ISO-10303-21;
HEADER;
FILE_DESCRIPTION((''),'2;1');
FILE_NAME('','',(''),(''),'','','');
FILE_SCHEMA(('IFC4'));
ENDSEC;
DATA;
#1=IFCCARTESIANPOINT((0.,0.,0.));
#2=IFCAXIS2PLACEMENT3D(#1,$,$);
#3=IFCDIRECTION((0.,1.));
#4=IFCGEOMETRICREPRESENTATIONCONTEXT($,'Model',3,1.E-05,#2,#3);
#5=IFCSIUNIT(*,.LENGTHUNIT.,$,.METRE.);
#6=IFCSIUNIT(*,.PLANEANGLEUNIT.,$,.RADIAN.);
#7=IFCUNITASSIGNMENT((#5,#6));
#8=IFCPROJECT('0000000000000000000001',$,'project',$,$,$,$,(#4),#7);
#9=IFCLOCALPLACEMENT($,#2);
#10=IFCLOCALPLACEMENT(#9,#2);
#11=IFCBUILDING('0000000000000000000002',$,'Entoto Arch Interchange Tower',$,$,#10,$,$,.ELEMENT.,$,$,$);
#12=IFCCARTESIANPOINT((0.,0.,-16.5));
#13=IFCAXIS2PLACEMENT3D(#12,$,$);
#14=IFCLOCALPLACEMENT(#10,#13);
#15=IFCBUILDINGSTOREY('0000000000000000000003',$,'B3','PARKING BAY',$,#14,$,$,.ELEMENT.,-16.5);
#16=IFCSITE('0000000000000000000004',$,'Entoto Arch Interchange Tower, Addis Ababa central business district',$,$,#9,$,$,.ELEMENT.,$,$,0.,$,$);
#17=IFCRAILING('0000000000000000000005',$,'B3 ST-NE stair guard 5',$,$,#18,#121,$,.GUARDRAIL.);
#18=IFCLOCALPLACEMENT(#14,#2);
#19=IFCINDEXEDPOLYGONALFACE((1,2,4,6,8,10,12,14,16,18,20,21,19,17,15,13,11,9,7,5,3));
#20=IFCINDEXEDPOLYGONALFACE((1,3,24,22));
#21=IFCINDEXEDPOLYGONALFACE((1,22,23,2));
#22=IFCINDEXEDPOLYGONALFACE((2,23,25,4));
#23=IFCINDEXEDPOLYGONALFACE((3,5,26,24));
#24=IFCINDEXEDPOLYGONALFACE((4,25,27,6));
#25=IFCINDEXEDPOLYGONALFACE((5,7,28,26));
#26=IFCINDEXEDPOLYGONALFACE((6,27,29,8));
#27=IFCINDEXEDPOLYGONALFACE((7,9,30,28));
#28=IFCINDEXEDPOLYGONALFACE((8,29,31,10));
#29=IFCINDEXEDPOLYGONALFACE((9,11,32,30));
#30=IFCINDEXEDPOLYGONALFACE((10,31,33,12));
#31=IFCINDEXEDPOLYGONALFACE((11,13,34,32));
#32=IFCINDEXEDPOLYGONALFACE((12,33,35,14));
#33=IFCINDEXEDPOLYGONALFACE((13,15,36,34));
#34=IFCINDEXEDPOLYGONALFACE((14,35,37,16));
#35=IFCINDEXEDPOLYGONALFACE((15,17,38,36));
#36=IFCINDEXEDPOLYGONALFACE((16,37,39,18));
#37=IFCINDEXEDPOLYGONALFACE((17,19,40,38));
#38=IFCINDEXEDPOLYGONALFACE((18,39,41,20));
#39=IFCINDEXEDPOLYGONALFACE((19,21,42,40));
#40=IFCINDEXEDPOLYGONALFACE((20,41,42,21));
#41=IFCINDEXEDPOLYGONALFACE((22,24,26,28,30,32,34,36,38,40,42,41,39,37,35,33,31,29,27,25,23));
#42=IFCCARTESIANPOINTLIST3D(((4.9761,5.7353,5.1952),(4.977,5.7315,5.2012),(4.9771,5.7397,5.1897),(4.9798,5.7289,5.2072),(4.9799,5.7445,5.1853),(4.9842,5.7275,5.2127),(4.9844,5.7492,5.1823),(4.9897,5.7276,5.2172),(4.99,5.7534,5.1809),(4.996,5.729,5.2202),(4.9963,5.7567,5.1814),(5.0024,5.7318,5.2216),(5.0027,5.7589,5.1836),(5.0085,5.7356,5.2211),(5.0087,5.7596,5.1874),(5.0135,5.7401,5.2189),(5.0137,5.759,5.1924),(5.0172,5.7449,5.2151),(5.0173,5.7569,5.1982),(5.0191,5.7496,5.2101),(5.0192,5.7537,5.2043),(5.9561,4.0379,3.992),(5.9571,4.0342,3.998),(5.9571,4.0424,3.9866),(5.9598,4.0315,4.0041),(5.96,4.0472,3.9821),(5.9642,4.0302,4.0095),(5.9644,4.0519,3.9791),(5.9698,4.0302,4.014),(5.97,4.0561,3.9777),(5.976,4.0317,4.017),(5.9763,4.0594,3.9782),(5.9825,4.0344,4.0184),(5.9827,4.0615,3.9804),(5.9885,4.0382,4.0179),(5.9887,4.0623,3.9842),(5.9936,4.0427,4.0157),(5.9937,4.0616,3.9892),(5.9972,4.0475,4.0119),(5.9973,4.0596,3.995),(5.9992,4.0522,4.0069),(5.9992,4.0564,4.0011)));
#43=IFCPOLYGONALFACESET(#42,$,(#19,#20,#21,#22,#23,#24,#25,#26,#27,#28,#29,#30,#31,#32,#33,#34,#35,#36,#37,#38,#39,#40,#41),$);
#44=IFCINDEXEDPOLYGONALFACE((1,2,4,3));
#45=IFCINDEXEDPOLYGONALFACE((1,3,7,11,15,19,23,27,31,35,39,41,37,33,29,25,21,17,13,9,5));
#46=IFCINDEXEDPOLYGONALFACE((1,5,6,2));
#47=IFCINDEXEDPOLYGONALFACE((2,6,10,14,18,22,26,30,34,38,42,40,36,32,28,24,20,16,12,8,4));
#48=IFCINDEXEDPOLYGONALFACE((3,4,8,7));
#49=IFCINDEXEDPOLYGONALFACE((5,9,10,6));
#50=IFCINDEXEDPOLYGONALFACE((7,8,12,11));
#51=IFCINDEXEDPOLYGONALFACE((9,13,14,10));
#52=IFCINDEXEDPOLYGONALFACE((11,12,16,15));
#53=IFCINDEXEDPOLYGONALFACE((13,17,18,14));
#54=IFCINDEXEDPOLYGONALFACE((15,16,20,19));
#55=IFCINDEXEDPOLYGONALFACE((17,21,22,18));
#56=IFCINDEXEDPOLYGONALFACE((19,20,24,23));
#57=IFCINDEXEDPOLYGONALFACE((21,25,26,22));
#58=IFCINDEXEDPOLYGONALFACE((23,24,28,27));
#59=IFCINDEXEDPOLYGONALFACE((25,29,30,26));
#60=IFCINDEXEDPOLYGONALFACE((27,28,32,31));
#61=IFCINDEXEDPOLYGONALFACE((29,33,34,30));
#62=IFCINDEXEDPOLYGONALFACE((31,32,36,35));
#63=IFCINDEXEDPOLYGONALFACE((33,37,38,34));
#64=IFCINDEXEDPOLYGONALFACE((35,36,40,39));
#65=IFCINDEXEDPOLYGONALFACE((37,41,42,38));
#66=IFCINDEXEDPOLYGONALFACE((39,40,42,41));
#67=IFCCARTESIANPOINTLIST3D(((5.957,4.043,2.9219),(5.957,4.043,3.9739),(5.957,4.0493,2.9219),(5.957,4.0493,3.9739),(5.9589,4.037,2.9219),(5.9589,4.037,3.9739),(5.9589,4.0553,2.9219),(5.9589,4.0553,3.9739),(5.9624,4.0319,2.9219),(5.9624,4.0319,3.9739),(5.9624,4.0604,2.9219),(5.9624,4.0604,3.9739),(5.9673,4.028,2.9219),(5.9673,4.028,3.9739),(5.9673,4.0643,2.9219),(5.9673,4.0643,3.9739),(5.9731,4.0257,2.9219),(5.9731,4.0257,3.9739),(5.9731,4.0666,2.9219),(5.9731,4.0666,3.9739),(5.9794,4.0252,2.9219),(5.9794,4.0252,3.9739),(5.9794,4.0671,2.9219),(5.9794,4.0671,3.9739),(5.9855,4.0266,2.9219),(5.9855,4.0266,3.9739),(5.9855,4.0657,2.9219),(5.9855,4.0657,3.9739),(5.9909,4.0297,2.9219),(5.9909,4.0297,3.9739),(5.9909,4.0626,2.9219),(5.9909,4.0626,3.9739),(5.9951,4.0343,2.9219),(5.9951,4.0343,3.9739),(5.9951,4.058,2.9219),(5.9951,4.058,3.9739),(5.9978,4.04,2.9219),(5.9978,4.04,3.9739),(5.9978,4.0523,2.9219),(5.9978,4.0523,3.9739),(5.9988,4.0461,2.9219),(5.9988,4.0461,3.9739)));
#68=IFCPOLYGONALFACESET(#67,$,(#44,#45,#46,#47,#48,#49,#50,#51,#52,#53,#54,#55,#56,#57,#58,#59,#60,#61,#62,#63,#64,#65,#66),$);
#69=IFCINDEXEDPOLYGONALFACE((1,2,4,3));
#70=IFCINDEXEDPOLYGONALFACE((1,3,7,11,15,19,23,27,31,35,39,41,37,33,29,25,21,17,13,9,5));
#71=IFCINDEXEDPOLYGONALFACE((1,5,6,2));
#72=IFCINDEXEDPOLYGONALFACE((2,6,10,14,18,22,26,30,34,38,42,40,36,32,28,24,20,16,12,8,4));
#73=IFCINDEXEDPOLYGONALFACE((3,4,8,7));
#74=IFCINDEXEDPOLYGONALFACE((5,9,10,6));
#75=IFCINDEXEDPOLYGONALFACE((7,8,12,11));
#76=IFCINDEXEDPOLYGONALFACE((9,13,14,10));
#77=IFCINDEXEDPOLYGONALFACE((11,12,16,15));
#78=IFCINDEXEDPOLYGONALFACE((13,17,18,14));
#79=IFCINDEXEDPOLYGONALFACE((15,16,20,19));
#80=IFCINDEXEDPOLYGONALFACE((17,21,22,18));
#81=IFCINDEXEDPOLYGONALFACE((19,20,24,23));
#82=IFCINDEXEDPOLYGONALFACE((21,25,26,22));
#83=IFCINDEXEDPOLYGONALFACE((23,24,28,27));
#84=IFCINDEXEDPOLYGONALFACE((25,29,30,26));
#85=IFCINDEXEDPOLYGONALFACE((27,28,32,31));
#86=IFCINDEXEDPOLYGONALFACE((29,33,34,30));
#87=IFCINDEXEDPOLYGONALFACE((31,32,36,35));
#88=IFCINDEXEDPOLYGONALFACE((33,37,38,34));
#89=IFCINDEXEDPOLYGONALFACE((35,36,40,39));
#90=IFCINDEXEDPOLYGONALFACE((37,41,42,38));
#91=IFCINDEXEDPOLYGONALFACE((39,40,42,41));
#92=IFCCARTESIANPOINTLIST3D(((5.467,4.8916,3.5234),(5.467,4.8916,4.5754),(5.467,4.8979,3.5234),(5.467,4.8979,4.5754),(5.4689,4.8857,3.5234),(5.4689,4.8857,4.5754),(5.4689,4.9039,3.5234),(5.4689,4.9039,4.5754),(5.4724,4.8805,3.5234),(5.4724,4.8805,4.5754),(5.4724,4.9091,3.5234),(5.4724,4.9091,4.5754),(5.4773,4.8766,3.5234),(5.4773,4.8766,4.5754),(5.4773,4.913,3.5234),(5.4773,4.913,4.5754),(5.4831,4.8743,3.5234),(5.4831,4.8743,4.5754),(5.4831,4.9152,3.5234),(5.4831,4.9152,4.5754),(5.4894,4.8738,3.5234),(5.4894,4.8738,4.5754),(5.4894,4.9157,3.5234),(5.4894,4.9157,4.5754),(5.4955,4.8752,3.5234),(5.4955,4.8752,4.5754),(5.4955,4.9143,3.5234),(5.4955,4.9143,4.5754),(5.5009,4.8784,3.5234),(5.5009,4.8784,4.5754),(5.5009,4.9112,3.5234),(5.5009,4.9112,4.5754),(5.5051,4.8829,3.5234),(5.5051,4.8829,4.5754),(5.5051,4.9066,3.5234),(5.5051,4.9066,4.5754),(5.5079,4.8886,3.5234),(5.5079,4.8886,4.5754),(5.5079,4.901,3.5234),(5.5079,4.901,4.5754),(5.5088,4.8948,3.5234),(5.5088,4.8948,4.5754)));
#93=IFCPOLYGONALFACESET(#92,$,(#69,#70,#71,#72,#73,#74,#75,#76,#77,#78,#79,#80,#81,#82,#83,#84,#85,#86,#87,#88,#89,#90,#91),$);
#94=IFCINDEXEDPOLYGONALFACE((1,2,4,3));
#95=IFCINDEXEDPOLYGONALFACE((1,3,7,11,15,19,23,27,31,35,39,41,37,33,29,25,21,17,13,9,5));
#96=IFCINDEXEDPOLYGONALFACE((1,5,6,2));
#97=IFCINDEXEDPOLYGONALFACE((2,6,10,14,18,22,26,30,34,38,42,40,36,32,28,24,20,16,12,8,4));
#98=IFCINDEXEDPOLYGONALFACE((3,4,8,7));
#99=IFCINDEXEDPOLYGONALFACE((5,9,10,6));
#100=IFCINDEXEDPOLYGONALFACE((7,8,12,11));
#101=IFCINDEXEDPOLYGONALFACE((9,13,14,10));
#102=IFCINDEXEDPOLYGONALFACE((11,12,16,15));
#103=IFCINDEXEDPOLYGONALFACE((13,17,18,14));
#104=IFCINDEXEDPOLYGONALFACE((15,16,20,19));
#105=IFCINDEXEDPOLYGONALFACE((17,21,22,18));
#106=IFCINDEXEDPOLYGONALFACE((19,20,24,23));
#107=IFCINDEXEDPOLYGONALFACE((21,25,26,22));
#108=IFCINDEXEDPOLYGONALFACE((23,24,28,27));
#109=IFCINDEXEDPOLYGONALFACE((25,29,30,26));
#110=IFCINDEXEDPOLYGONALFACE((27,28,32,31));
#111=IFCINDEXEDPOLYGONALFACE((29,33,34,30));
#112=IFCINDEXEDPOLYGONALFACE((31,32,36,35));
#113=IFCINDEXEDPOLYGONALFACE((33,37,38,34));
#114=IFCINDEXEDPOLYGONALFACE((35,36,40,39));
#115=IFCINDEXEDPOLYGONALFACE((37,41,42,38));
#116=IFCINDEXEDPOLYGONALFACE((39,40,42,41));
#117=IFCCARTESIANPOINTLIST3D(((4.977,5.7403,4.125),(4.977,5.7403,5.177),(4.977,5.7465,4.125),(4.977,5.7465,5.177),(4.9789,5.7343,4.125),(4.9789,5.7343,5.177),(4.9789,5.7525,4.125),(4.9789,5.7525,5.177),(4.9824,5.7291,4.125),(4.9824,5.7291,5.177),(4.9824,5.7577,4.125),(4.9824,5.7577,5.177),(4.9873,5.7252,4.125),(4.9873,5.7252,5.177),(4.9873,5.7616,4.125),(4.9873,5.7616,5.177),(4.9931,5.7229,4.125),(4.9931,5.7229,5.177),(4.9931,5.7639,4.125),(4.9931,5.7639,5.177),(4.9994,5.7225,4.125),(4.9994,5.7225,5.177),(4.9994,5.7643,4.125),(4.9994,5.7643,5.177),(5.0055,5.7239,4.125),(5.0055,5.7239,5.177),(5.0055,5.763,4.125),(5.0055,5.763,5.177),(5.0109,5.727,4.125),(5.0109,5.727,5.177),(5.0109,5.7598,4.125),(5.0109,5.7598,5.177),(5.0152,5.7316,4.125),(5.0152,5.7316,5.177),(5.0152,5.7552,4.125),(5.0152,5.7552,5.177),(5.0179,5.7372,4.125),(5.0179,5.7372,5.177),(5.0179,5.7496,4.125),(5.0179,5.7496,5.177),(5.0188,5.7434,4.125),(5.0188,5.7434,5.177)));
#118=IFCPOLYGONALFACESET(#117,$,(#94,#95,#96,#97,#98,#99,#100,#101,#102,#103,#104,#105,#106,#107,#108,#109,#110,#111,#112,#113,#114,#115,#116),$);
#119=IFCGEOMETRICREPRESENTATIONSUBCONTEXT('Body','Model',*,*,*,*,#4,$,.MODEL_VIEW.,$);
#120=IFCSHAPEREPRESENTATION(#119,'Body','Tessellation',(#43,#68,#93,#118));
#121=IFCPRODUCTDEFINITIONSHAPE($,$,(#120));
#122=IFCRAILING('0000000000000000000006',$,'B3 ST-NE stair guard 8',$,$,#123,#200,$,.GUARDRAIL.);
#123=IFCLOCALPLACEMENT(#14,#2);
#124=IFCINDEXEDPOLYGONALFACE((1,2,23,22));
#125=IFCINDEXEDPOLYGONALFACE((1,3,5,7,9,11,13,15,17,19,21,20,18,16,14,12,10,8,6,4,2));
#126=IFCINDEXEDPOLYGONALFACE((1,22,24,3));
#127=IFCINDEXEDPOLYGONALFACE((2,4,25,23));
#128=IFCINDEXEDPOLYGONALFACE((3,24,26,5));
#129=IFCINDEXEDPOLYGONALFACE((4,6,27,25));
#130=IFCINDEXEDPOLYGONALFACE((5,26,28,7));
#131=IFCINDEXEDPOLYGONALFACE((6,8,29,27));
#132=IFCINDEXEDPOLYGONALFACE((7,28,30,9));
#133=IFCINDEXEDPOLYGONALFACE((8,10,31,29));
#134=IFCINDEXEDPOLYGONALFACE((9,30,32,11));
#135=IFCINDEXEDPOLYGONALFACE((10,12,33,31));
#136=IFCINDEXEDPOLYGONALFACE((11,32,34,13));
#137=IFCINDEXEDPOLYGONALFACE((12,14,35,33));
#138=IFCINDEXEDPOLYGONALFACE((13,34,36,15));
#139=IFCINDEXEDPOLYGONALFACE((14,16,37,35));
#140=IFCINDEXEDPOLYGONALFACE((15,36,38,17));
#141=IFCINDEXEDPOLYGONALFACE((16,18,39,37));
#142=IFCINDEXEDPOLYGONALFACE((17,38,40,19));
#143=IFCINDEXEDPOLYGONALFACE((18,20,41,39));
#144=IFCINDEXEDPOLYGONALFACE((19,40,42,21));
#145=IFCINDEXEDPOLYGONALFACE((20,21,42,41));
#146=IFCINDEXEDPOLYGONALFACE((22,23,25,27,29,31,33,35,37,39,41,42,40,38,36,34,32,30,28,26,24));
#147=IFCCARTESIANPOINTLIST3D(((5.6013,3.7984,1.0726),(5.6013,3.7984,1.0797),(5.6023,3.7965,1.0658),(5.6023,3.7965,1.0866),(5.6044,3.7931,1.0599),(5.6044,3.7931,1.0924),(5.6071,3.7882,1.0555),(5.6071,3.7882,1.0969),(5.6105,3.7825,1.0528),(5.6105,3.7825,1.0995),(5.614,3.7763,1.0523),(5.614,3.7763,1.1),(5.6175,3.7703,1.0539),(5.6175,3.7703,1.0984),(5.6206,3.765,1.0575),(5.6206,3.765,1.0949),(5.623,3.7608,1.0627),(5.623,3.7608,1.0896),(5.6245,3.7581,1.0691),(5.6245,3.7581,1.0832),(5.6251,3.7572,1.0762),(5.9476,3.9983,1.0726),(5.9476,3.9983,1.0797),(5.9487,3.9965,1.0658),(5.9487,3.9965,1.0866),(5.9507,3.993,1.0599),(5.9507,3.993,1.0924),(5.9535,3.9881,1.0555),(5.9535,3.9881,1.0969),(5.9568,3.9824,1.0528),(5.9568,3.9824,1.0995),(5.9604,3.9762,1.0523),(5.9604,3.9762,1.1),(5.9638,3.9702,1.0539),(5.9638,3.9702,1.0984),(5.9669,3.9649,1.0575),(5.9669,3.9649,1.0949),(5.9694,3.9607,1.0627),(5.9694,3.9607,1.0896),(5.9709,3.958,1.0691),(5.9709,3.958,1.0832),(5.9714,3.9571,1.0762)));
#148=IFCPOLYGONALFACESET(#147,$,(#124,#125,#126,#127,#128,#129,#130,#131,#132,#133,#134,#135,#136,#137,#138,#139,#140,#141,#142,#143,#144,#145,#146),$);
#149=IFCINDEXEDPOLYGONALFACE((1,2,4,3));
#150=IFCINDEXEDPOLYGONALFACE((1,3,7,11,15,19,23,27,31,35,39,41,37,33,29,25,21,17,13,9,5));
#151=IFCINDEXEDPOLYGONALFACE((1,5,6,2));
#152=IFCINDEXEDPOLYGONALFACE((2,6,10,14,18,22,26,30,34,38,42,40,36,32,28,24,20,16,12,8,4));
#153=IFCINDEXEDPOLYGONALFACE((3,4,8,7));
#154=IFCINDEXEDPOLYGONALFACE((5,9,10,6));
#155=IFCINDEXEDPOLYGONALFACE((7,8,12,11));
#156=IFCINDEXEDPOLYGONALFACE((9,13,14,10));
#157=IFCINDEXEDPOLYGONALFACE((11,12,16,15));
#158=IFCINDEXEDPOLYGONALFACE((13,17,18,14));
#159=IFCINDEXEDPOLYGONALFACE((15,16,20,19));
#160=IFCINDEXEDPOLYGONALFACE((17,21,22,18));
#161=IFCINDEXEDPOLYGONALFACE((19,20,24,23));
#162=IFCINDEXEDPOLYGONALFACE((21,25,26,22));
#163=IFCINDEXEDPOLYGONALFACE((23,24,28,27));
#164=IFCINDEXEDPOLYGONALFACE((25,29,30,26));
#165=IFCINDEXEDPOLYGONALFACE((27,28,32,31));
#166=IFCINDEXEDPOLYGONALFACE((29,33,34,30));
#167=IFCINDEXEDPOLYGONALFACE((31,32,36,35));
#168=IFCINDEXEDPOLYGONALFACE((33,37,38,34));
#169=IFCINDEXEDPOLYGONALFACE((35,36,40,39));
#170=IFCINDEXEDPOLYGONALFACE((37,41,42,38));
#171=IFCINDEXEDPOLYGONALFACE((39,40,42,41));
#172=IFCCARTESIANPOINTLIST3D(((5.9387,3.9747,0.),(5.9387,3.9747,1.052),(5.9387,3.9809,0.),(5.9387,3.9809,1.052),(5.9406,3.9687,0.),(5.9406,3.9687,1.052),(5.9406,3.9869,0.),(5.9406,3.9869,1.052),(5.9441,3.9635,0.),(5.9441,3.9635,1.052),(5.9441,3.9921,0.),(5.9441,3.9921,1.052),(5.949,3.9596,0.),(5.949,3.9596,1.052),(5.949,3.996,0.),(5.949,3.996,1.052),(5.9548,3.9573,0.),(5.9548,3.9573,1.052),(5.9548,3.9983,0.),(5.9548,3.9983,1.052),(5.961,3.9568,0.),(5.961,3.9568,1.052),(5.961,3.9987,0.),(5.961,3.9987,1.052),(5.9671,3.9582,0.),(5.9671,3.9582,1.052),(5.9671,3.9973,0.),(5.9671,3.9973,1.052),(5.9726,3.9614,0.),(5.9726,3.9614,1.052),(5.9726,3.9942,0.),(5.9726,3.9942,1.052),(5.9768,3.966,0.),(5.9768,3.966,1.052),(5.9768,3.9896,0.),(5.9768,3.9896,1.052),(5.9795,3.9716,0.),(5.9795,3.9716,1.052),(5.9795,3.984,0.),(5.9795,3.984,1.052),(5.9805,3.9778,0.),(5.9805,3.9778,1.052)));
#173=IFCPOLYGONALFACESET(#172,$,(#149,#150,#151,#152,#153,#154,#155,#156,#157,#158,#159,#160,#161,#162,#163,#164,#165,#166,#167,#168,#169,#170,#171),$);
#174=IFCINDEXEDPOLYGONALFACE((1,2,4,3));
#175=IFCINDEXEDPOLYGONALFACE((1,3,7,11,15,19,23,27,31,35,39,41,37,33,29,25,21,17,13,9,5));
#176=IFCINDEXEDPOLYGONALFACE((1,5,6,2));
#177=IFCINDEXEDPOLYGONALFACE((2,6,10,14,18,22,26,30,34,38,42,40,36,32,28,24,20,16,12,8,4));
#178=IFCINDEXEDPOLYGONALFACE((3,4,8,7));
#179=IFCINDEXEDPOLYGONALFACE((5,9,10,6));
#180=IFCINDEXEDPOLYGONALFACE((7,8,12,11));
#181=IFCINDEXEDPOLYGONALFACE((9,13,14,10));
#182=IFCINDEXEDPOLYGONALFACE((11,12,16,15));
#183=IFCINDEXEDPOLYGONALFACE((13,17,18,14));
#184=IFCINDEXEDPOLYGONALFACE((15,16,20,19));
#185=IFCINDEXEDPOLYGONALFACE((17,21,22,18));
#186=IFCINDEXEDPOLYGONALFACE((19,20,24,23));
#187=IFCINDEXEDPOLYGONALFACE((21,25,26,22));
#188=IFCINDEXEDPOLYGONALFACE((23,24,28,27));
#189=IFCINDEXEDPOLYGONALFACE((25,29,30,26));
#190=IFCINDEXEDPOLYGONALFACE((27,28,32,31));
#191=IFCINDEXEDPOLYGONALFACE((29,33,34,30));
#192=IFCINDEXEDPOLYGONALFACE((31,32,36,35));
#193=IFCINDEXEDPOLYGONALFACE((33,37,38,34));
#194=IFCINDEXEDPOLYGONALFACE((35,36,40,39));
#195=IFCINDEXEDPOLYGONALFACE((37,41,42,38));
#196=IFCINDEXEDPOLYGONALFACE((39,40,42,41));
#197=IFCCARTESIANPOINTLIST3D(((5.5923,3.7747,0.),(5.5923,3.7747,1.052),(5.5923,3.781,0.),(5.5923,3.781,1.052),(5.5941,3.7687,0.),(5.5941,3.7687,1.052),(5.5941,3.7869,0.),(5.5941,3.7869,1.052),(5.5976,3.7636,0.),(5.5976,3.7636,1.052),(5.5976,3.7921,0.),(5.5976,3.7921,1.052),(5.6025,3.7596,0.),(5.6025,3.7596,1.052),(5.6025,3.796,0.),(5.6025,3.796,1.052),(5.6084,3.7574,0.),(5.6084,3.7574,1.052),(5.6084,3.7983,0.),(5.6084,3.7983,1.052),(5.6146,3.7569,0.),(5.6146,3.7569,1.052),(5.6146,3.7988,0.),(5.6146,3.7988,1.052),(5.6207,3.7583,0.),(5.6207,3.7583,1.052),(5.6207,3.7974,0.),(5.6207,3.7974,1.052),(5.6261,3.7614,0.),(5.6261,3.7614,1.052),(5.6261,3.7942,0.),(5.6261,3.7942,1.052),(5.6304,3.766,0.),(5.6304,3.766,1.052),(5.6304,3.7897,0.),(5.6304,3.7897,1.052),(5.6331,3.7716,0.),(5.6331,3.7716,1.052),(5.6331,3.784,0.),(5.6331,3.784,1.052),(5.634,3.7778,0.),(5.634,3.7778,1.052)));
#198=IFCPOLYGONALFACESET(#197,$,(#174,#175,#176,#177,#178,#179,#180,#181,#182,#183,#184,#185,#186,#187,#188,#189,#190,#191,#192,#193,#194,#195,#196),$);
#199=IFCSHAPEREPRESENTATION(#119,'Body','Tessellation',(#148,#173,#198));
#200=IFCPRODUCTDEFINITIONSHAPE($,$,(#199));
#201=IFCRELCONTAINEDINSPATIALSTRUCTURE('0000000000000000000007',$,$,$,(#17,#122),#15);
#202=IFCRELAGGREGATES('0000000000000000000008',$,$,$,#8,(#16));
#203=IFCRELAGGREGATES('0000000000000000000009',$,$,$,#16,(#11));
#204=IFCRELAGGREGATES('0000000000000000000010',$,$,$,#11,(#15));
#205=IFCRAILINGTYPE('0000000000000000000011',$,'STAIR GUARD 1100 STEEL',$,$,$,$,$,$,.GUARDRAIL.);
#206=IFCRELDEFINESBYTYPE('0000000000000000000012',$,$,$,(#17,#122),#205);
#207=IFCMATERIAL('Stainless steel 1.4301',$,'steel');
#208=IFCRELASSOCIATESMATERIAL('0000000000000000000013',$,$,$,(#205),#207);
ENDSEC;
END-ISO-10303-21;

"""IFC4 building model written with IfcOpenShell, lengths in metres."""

from ifc_helpers import new_model, si_unit, direction, frame, origin, origin_2d, place, context, subcontext, project, spatial, circle, extrude, material, type_object, element, save


model = new_model("IFC4")

# Units and contexts
model_context = context("Model", 3, precision=1e-05, world=origin(), true_north=direction((0.0, 1.0)))
body_context = subcontext(model_context, "Body", "Model", "MODEL_VIEW")
ifc_project = project(units=[si_unit("LENGTHUNIT", "METRE"), si_unit("PLANEANGLEUNIT", "RADIAN")], contexts=[model_context])

# Site, building, storey
site_placement = place(None, origin())
site = spatial("IfcSite", under=ifc_project, at=site_placement, Name="Entoto Arch Interchange Tower, Addis Ababa central business district", CompositionType="ELEMENT", RefElevation=0.0)
building_placement = place(site_placement, origin())
building = spatial("IfcBuilding", under=site, at=building_placement, Name="Entoto Arch Interchange Tower", CompositionType="ELEMENT")
storey_placement = place(building_placement, frame((0.0, 0.0, -16.5)))
storey = spatial("IfcBuildingStorey", under=building, at=storey_placement, Name="B3", Description="PARKING BAY", CompositionType="ELEMENT", Elevation=-16.5)

# Railings
ifc_material_1 = material(Name="Stainless steel 1.4301", Category="steel")
railing_type_1 = type_object("IfcRailingType", Name="STAIR GUARD 1100 STEEL", PredefinedType="GUARDRAIL", material=ifc_material_1)
railing_1_placement = place(storey_placement, frame((5.9778, 4.0461, 2.9219)))
element("IfcRailing", 1, at=railing_1_placement, inside=storey, type_object=railing_type_1, Name="B3 ST-NE stair guard 5", PredefinedType="GUARDRAIL", context=body_context, shape_type="SweptSolid", body=[
    extrude(circle(Radius=0.0239, at=origin_2d()), frame((0.0, 0.0, 1.0762), z_axis=(-0.426136, 0.73804, 0.523168), x_axis=(-0.866011, -0.500024, 0.0)), (0.0, 0.0, 1.0), 2.2998),
    extrude(circle(Radius=0.021, at=origin_2d()), origin(), (0.0, 0.0, 1.0), 1.052),
    extrude(circle(Radius=0.021, at=origin_2d()), frame((-0.49, 0.8486, 0.6016)), (0.0, 0.0, 1.0), 1.052),
    extrude(circle(Radius=0.021, at=origin_2d()), frame((-0.98, 1.6973, 1.2031)), (0.0, 0.0, 1.0), 1.052),
])
railing_2_placement = place(storey_placement, frame((5.9595, 3.9778, 0.0)))
element("IfcRailing", 2, at=railing_2_placement, inside=storey, type_object=railing_type_1, Name="B3 ST-NE stair guard 8", PredefinedType="GUARDRAIL", context=body_context, shape_type="SweptSolid", body=[
    extrude(circle(Radius=0.0239, at=origin_2d()), frame((0.0, 0.0, 1.0762), z_axis=(-0.866094, -0.499881, 0.0), x_axis=(0.499881, -0.866094, 0.0)), (0.0, 0.0, 1.0), 0.3999),
    extrude(circle(Radius=0.021, at=origin_2d()), origin(), (0.0, 0.0, 1.0), 1.052),
    extrude(circle(Radius=0.021, at=origin_2d()), frame((-0.3464, -0.2, 0.0)), (0.0, 0.0, 1.0), 1.052),
])

save(model, "model.ifc")
